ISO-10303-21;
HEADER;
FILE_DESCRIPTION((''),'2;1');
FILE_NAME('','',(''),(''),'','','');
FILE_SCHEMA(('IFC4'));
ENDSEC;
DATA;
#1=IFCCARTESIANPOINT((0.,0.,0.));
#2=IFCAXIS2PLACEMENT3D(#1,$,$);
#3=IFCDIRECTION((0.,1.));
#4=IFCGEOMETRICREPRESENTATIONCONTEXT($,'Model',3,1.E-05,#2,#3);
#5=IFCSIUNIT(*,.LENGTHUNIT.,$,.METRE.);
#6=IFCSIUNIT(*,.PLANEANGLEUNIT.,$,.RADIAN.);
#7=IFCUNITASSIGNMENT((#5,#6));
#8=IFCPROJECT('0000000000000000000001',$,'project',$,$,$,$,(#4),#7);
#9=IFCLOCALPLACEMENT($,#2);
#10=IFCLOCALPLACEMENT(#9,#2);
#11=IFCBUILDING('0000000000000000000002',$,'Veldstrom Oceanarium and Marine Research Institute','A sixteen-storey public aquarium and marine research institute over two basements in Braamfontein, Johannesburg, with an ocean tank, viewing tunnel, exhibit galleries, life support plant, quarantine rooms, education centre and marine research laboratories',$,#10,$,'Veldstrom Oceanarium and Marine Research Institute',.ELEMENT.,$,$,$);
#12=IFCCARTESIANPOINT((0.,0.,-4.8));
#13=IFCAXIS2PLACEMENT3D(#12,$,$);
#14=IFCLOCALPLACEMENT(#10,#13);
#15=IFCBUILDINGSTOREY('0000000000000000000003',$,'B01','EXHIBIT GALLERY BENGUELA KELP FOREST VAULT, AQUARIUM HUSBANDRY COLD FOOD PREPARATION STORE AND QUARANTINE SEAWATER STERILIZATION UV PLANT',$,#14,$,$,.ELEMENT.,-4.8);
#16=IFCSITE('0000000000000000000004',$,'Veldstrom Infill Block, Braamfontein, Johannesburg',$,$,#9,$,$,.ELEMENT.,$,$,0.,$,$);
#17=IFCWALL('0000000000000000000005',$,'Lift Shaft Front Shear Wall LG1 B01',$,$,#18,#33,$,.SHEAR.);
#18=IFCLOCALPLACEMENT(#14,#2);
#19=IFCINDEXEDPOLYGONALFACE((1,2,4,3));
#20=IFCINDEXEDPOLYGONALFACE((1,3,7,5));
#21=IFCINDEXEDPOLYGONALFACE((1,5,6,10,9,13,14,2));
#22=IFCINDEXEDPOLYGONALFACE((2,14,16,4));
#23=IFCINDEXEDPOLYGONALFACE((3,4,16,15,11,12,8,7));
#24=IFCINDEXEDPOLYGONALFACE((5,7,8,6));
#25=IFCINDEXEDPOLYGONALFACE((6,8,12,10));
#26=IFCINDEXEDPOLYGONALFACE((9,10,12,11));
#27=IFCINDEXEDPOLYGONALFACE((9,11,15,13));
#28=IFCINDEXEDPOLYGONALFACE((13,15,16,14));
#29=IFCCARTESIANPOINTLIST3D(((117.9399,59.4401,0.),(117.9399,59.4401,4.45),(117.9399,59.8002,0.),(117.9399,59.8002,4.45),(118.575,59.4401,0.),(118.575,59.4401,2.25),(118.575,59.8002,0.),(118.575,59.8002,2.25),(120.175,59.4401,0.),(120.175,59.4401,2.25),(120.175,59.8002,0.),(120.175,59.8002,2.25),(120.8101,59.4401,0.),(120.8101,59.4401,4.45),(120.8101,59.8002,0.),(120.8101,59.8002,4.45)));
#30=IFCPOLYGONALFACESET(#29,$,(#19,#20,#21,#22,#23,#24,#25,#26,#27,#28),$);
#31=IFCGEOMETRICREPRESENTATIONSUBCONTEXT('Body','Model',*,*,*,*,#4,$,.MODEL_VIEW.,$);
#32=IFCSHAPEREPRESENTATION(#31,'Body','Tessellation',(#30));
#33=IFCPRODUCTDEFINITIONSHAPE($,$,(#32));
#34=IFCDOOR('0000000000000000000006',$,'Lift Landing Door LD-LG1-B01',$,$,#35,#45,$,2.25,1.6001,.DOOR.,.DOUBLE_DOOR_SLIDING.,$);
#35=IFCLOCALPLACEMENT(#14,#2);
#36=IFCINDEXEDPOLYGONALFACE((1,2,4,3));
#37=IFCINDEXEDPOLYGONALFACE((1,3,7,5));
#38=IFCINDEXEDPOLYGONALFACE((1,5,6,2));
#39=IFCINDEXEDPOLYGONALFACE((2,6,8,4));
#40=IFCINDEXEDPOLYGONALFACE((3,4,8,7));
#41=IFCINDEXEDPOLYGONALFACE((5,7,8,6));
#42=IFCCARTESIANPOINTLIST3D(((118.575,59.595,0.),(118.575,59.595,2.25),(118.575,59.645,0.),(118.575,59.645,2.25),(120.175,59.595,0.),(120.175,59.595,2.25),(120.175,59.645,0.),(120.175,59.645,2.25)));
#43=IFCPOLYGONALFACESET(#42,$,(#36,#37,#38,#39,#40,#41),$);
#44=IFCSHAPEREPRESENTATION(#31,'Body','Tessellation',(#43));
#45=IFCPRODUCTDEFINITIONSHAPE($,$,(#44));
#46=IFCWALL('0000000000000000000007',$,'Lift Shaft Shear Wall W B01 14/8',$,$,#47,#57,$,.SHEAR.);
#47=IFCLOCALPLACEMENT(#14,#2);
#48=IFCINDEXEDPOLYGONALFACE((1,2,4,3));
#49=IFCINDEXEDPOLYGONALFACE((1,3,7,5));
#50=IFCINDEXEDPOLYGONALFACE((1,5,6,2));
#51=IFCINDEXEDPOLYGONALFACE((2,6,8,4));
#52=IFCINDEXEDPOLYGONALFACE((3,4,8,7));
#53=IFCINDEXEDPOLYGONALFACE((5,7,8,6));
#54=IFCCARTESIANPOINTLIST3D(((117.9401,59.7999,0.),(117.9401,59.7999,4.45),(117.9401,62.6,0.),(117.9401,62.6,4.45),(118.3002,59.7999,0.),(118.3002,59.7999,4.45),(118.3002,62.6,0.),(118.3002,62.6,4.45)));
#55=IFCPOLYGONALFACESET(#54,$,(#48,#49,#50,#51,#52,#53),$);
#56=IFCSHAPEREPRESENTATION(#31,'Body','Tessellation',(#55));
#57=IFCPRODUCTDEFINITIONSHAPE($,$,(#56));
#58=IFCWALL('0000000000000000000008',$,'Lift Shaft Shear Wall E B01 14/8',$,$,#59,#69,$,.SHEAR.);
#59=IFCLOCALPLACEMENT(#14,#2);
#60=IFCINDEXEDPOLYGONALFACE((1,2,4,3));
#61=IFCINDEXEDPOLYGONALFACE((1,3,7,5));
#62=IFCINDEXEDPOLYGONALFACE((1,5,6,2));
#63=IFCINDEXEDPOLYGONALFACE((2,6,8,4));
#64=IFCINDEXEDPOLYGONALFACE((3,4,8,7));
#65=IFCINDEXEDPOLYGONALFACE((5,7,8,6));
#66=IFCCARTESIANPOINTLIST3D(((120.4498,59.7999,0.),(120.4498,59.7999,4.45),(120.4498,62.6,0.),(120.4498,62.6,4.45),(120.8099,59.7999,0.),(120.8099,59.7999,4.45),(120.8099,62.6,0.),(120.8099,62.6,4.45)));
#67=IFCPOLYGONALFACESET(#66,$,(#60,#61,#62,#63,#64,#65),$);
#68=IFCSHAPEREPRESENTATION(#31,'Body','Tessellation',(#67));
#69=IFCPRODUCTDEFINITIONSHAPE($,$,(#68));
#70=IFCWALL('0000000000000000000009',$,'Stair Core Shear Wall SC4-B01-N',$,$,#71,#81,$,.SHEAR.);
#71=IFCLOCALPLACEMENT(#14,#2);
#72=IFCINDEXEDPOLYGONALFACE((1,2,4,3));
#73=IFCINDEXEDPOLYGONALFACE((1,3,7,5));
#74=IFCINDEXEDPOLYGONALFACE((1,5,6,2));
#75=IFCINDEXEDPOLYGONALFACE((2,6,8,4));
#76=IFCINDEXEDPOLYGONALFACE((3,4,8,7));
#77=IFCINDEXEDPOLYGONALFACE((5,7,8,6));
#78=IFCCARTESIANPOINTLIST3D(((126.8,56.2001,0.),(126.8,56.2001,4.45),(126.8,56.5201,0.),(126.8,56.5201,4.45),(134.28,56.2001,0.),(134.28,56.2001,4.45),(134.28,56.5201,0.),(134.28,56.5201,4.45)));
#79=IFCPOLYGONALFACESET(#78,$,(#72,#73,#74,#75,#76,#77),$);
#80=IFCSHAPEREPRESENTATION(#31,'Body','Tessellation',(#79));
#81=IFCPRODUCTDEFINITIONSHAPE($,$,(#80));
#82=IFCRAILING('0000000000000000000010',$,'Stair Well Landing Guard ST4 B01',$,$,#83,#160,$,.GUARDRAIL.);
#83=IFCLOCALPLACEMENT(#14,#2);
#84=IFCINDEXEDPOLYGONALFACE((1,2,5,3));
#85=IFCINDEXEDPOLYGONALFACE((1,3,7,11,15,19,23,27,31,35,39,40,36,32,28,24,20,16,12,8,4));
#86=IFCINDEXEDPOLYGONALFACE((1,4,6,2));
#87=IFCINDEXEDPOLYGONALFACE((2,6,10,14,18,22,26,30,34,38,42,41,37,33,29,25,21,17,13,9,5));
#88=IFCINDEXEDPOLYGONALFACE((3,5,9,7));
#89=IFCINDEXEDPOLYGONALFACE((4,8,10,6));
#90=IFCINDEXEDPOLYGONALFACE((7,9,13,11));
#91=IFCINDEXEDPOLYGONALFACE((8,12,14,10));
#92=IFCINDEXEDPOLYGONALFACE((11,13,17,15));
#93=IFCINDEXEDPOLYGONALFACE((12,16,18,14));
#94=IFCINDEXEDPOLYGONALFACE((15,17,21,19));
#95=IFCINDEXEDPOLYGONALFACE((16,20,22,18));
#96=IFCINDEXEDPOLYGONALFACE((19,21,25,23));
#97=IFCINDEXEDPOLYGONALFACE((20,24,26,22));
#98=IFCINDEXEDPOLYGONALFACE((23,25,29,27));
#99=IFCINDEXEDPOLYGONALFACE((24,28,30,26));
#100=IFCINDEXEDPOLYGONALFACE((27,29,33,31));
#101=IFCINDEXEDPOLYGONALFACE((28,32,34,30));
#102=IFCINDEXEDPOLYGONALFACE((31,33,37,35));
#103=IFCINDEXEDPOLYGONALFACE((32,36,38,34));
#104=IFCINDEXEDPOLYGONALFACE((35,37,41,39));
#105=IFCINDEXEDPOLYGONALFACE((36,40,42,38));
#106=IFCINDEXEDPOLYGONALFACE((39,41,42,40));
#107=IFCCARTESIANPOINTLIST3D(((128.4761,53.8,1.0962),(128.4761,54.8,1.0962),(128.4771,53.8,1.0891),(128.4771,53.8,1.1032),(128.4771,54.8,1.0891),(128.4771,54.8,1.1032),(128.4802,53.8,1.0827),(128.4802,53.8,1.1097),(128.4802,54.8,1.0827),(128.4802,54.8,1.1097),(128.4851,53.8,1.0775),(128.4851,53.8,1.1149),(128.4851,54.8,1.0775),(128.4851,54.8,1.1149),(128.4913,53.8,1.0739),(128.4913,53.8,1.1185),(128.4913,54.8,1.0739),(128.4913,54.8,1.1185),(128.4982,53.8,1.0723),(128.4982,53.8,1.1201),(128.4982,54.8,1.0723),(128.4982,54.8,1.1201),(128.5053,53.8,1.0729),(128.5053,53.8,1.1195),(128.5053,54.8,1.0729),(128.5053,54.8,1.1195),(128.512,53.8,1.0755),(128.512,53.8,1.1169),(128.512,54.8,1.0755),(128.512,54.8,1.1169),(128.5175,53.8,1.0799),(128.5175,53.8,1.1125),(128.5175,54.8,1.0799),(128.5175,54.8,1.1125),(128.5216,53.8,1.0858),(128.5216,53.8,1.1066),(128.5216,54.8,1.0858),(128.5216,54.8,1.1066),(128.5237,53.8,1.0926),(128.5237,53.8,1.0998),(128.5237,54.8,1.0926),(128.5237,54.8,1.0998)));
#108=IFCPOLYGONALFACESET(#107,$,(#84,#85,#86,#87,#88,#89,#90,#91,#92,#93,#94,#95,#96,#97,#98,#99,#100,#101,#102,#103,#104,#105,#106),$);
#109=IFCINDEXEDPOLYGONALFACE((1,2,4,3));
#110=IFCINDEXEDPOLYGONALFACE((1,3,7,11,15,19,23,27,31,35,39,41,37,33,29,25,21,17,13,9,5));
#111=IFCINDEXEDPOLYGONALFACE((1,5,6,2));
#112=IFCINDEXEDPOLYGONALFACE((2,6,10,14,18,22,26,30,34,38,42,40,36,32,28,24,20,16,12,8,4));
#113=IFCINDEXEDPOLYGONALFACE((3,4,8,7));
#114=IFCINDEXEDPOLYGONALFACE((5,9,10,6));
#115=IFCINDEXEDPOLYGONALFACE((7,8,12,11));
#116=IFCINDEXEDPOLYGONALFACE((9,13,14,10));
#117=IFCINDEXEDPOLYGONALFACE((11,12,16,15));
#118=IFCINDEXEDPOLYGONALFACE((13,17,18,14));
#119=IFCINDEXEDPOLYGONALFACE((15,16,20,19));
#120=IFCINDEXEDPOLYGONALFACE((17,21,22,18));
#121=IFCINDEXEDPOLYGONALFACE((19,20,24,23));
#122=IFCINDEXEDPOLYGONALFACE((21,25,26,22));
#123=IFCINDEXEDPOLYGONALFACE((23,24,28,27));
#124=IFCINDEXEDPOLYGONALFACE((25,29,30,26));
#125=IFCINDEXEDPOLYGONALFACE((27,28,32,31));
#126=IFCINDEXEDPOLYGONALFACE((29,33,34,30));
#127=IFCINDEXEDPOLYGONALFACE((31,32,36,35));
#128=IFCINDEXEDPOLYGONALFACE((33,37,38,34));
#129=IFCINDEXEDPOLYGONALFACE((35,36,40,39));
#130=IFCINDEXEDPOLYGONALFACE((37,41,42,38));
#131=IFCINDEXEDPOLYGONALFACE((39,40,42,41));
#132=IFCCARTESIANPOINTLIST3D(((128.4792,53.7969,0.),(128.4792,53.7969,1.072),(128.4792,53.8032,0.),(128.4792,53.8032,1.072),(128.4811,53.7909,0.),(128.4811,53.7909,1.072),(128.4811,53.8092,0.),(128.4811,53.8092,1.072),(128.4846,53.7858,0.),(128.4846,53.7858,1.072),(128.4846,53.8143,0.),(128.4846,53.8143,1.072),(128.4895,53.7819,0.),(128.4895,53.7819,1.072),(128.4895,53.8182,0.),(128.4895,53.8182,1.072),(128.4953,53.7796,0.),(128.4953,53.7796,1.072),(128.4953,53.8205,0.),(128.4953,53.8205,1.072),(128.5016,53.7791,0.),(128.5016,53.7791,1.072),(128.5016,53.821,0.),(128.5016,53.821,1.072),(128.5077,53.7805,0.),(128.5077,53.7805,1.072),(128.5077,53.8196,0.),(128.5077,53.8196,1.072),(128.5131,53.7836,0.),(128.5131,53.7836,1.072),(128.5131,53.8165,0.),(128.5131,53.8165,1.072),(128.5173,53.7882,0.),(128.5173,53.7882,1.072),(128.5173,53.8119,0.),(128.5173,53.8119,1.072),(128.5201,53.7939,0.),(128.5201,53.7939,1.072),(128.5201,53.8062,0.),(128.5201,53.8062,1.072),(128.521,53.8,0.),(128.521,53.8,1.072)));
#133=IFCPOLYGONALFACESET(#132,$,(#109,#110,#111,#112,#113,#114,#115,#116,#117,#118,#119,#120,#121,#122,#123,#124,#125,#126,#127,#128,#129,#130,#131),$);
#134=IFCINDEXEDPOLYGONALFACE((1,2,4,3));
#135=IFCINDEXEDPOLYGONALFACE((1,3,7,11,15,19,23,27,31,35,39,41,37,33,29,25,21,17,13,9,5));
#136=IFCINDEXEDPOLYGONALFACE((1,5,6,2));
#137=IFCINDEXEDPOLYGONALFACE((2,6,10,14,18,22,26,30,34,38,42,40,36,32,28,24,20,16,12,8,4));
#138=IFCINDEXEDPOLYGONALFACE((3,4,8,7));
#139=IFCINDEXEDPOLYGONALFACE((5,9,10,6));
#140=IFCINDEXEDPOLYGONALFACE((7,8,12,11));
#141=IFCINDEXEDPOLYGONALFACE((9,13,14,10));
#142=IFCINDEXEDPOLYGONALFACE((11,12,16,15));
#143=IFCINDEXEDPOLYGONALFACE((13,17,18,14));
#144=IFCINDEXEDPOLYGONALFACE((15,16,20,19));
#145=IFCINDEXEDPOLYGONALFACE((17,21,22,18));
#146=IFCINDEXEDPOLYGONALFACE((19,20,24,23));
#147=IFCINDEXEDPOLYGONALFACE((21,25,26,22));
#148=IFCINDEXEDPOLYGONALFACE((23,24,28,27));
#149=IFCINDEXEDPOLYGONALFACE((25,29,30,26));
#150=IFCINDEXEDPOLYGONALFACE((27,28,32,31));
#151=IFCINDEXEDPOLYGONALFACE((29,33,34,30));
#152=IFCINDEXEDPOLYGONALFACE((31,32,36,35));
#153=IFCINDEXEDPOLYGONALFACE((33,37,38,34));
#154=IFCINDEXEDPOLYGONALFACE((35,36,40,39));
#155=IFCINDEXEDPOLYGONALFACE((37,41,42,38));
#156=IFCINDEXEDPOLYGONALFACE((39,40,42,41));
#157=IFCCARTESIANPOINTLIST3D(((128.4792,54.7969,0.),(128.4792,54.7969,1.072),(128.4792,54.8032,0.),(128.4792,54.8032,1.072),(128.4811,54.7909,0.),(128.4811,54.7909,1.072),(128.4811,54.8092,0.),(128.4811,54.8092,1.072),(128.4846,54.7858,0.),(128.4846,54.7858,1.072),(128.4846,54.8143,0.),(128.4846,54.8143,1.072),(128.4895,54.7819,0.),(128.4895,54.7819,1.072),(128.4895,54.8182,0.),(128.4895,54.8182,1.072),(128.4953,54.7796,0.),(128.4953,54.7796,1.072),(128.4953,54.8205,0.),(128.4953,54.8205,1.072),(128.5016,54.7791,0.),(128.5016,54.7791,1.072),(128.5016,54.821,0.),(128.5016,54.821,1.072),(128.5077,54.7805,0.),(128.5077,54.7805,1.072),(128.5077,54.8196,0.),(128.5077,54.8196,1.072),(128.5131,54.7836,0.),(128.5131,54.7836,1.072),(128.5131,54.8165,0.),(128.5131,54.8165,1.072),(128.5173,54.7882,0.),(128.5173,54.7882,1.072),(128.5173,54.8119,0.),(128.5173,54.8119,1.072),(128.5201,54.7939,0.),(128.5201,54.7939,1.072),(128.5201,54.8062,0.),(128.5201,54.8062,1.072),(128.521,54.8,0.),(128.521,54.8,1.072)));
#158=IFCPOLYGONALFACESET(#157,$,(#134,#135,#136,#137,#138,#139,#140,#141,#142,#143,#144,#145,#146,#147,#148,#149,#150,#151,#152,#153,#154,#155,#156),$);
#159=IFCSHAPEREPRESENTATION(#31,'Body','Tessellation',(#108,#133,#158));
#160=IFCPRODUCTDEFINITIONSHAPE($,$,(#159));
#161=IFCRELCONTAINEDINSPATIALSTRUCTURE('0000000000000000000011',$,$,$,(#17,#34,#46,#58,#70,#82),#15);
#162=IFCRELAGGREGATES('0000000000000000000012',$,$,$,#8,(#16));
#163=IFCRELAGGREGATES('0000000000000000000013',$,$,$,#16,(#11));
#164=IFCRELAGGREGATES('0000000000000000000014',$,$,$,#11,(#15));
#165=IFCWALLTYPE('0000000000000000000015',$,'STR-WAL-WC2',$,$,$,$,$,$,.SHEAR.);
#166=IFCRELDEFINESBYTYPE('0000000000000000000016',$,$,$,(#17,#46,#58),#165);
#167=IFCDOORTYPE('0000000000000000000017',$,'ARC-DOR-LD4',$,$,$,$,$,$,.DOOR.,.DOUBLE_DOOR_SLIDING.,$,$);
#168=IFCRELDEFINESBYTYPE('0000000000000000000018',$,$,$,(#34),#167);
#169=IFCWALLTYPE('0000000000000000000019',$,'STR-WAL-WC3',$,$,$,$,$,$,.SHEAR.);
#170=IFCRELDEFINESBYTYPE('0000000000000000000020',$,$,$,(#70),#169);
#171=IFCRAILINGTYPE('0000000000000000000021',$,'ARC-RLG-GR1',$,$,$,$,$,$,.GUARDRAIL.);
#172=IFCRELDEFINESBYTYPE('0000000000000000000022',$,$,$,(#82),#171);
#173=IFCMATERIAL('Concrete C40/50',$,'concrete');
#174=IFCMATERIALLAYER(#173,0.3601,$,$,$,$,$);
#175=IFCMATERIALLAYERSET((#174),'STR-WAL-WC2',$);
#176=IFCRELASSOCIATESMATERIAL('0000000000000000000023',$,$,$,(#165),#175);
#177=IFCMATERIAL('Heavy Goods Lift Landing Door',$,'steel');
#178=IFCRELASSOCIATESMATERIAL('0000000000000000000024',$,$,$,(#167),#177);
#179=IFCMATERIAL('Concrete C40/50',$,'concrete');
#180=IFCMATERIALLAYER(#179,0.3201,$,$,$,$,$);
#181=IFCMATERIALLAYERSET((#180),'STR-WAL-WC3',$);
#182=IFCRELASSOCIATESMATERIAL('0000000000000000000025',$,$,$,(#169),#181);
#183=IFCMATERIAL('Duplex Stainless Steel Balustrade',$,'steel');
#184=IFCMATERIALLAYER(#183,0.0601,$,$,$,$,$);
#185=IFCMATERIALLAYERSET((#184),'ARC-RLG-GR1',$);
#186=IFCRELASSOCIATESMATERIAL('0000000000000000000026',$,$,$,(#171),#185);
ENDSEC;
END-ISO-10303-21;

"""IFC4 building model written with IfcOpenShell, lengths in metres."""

from ifc_helpers import new_model, si_unit, direction, frame, frame_2d, origin, origin_2d, place, context, subcontext, project, spatial, rectangle, circle, extrude, material, layer, layer_set, type_object, element, fill, save


model = new_model("IFC4")

# Units and contexts
model_context = context("Model", 3, precision=1e-05, world=origin(), true_north=direction((0.0, 1.0)))
body_context = subcontext(model_context, "Body", "Model", "MODEL_VIEW")
ifc_project = project(units=[si_unit("LENGTHUNIT", "METRE"), si_unit("PLANEANGLEUNIT", "RADIAN")], contexts=[model_context])

# Site, building, storey
site_placement = place(None, origin())
site = spatial("IfcSite", under=ifc_project, at=site_placement, Name="Veldstrom Infill Block, Braamfontein, Johannesburg", CompositionType="ELEMENT", RefElevation=0.0)
building_placement = place(site_placement, origin())
building = spatial("IfcBuilding", under=site, at=building_placement, Name="Veldstrom Oceanarium and Marine Research Institute", Description="A sixteen-storey public aquarium and marine research institute over two basements in Braamfontein, Johannesburg, with an ocean tank, viewing tunnel, exhibit galleries, life support plant, quarantine rooms, education centre and marine research laboratories", LongName="Veldstrom Oceanarium and Marine Research Institute", CompositionType="ELEMENT")
storey_placement = place(building_placement, frame((0.0, 0.0, -4.8)))
storey = spatial("IfcBuildingStorey", under=building, at=storey_placement, Name="B01", Description="EXHIBIT GALLERY BENGUELA KELP FOREST VAULT, AQUARIUM HUSBANDRY COLD FOOD PREPARATION STORE AND QUARANTINE SEAWATER STERILIZATION UV PLANT", CompositionType="ELEMENT", Elevation=-4.8)

# Shared definitions
ifc_material_1 = material(Name="Concrete C40/50", Category="concrete")
ifc_layer_1 = layer(ifc_material_1, 0.3601)
ifc_layer_set_1 = layer_set([ifc_layer_1], Name="STR-WAL-WC2")
wall_type_1 = type_object("IfcWallType", Name="STR-WAL-WC2", PredefinedType="SHEAR", material=ifc_layer_set_1)

# Wall, opening, door
wall_1_placement = place(storey_placement, frame((117.9399, 59.6201, 0.0), z_axis=(0.0, 0.0, 1.0), x_axis=(1.0, 0.0, 0.0)))
wall_1 = element("IfcWall", 1, at=wall_1_placement, inside=storey, type_object=wall_type_1, Name="Lift Shaft Front Shear Wall LG1 B01", PredefinedType="SHEAR", context=body_context, shape_type="SweptSolid", body=[
    extrude(rectangle(XDim=2.8701, YDim=0.3601, at=frame_2d((1.4351, 0.0))), origin(), (0.0, 0.0, 1.0), 4.45),
])
opening_1_placement = place(wall_1_placement, frame((0.635, 0.0, 0.0)))
opening_1 = element("IfcOpeningElement", 2, at=opening_1_placement, cuts=wall_1, PredefinedType="OPENING", context=body_context, shape_type="SweptSolid", body=[
    extrude(rectangle(XDim=1.6001, YDim=2.25, at=frame_2d((0.8, 1.125))), frame((0.0, 0.1899, 0.0), z_axis=(0.0, -1.0, 0.0), x_axis=(1.0, 0.0, 0.0)), (0.0, 0.0, 1.0), 0.3801),
])
ifc_material_2 = material(Name="Heavy Goods Lift Landing Door", Category="steel")
door_type_1 = type_object("IfcDoorType", Name="ARC-DOR-LD4", OperationType="DOUBLE_DOOR_SLIDING", PredefinedType="DOOR", material=ifc_material_2)
door_1_placement = place(opening_1_placement, origin())
door_1 = element("IfcDoor", 3, at=door_1_placement, inside=storey, type_object=door_type_1, Name="Lift Landing Door LD-LG1-B01", OperationType="DOUBLE_DOOR_SLIDING", OverallHeight=2.25, OverallWidth=1.6001, PredefinedType="DOOR", context=body_context, shape_type="SweptSolid", body=[
    extrude(rectangle(XDim=1.6001, YDim=2.25, at=frame_2d((0.8, 1.125))), frame((0.0, 0.0249, 0.0), z_axis=(0.0, -1.0, 0.0), x_axis=(1.0, 0.0, 0.0)), (0.0, 0.0, 1.0), 0.05),
])
fill(opening_1, door_1)

# Walls
for number, where, z_axis, x_axis, name in (
    (4, (118.1201, 59.8, 0.0), (0.0, 0.0, 1.0), (0.0, 1.0, 0.0), "Lift Shaft Shear Wall W B01 14/8"),
    (5, (120.6299, 59.8, 0.0), (0.0, 0.0, 1.0), (0.0, 1.0, 0.0), "Lift Shaft Shear Wall E B01 14/8"),
):
    element("IfcWall", number, at=place(storey_placement, frame(where, z_axis=z_axis, x_axis=x_axis)), inside=storey, type_object=wall_type_1, Name=name, PredefinedType="SHEAR", context=body_context, shape_type="SweptSolid", body=[
        extrude(rectangle(XDim=2.8, YDim=0.3601, at=frame_2d((1.3999, 0.0))), origin(), (0.0, 0.0, 1.0), 4.45),
    ])
ifc_material_3 = material(Name="Concrete C40/50", Category="concrete")
ifc_layer_2 = layer(ifc_material_3, 0.3201)
ifc_layer_set_2 = layer_set([ifc_layer_2], Name="STR-WAL-WC3")
wall_type_2 = type_object("IfcWallType", Name="STR-WAL-WC3", PredefinedType="SHEAR", material=ifc_layer_set_2)
wall_2_placement = place(storey_placement, frame((126.8, 56.3601, 0.0), z_axis=(0.0, 0.0, 1.0), x_axis=(1.0, 0.0, 0.0)))
element("IfcWall", 6, at=wall_2_placement, inside=storey, type_object=wall_type_2, Name="Stair Core Shear Wall SC4-B01-N", PredefinedType="SHEAR", context=body_context, shape_type="SweptSolid", body=[
    extrude(rectangle(XDim=7.48, YDim=0.3201, at=frame_2d((3.74, 0.0))), origin(), (0.0, 0.0, 1.0), 4.45),
])

# Railing
ifc_material_4 = material(Name="Duplex Stainless Steel Balustrade", Category="steel")
ifc_layer_3 = layer(ifc_material_4, 0.0601)
ifc_layer_set_3 = layer_set([ifc_layer_3], Name="ARC-RLG-GR1")
railing_type = type_object("IfcRailingType", Name="ARC-RLG-GR1", PredefinedType="GUARDRAIL", material=ifc_layer_set_3)
railing_1_placement = place(storey_placement, frame((128.5, 53.8, 0.0)))
element("IfcRailing", 7, at=railing_1_placement, inside=storey, type_object=railing_type, Name="Stair Well Landing Guard ST4 B01", PredefinedType="GUARDRAIL", context=body_context, shape_type="SweptSolid", body=[
    extrude(circle(Radius=0.0239, at=origin_2d()), frame((0.0, 0.0, 1.0962), z_axis=(0.0, 1.0, 0.0), x_axis=(-1.0, 0.0, 0.0)), (0.0, 0.0, 1.0), 1.0),
    extrude(circle(Radius=0.021, at=origin_2d()), origin(), (0.0, 0.0, 1.0), 1.072),
    extrude(circle(Radius=0.021, at=origin_2d()), frame((0.0, 1.0, 0.0)), (0.0, 0.0, 1.0), 1.072),
])

save(model, "model.ifc")
